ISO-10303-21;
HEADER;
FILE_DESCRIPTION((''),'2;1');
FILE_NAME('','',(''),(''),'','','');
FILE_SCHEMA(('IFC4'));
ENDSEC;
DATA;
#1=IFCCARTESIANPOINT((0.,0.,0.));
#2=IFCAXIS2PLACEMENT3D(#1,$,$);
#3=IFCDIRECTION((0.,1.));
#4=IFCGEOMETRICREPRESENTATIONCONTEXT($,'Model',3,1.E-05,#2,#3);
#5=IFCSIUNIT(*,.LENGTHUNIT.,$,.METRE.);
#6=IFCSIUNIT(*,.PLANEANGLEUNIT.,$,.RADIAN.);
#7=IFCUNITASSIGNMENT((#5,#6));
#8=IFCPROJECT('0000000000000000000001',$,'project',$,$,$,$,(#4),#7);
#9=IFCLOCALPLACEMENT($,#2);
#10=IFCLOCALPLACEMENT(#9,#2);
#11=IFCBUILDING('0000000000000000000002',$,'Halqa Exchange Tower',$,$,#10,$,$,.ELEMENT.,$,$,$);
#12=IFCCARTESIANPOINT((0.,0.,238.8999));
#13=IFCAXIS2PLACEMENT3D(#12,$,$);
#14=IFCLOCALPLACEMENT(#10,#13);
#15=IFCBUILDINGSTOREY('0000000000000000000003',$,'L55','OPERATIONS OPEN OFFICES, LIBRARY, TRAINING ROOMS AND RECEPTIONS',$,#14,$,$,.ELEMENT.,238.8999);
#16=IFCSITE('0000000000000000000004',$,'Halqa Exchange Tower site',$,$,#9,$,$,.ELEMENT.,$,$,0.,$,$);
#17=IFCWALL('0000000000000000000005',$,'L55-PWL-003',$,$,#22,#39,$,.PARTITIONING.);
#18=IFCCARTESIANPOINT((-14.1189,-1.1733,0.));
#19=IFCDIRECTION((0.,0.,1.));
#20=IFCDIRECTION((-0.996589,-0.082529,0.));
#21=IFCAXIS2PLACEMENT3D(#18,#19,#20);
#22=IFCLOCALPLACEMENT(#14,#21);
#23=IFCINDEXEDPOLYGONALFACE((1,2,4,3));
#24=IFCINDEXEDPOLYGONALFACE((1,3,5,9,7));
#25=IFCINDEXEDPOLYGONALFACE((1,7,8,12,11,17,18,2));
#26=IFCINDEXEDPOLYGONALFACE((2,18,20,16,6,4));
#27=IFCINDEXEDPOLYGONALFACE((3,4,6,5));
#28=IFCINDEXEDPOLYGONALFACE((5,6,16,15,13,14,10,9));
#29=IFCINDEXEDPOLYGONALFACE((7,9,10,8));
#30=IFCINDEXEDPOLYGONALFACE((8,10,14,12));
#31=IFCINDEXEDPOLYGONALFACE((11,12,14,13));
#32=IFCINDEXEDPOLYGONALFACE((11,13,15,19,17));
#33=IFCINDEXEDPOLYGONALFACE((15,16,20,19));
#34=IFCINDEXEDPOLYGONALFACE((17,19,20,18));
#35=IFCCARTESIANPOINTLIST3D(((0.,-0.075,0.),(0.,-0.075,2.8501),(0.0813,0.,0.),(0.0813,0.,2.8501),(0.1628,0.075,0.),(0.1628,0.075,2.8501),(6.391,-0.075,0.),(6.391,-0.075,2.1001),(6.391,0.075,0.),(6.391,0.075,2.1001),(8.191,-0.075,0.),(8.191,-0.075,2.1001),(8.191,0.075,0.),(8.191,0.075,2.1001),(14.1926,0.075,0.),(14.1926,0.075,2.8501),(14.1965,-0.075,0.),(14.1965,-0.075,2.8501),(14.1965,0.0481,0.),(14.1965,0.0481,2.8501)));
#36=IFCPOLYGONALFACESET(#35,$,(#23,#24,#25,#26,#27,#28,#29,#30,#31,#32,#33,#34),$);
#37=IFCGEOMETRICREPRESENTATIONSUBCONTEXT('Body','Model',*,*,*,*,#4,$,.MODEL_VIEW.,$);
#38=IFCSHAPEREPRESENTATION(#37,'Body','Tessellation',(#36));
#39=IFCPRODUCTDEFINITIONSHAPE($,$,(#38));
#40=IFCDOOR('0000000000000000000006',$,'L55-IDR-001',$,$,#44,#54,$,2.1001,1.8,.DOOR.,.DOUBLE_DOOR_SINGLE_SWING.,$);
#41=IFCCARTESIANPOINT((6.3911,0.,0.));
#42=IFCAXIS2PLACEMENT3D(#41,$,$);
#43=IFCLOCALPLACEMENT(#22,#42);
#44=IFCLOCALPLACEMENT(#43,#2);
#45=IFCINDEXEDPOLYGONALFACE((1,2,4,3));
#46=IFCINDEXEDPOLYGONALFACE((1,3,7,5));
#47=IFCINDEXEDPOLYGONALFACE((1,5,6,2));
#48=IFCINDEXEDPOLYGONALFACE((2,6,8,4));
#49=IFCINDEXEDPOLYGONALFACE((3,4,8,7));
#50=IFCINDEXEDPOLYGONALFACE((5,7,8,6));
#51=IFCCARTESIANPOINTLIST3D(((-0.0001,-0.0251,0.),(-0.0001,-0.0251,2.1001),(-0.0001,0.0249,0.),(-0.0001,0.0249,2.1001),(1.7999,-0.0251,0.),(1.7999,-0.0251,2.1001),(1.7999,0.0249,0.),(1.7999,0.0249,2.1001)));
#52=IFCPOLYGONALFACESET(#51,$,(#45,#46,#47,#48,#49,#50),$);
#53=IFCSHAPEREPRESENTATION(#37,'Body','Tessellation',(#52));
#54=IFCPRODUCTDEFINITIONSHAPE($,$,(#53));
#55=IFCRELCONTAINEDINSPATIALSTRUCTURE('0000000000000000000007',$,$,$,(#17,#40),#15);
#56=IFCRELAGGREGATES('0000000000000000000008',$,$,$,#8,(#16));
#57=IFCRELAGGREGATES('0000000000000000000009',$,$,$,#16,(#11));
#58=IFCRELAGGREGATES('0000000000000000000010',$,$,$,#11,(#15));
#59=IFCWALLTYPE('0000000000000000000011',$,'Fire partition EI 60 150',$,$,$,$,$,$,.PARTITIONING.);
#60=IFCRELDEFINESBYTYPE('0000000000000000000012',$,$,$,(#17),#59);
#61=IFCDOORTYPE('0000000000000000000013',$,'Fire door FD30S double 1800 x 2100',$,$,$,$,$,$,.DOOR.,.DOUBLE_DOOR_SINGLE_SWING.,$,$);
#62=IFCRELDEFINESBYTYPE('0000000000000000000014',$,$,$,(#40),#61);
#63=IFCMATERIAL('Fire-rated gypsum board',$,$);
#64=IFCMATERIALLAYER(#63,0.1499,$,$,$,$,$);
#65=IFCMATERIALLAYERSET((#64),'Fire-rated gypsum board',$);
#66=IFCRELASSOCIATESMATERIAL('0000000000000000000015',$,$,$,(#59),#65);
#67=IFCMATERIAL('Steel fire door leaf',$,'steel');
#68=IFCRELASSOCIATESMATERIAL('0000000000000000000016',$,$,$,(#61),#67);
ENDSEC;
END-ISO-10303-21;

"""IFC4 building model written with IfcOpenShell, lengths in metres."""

from ifc_helpers import new_model, si_unit, direction, frame, frame_2d, origin, place, context, subcontext, project, spatial, polyline, rectangle, outline, extrude, material, layer, layer_set, type_object, element, fill, save


model = new_model("IFC4")

# Units and contexts
model_context = context("Model", 3, precision=1e-05, world=origin(), true_north=direction((0.0, 1.0)))
body_context = subcontext(model_context, "Body", "Model", "MODEL_VIEW")
ifc_project = project(units=[si_unit("LENGTHUNIT", "METRE"), si_unit("PLANEANGLEUNIT", "RADIAN")], contexts=[model_context])

# Site, building, storey
site_placement = place(None, origin())
site = spatial("IfcSite", under=ifc_project, at=site_placement, Name="Halqa Exchange Tower site", CompositionType="ELEMENT", RefElevation=0.0)
building_placement = place(site_placement, origin())
building = spatial("IfcBuilding", under=site, at=building_placement, Name="Halqa Exchange Tower", CompositionType="ELEMENT")
storey_placement = place(building_placement, frame((0.0, 0.0, 238.8999)))
storey = spatial("IfcBuildingStorey", under=building, at=storey_placement, Name="L55", Description="OPERATIONS OPEN OFFICES, LIBRARY, TRAINING ROOMS AND RECEPTIONS", CompositionType="ELEMENT", Elevation=238.8999)

# Wall, opening, door
ifc_material_1 = material(Name="Fire-rated gypsum board")
ifc_layer_1 = layer(ifc_material_1, 0.1499)
ifc_layer_set_1 = layer_set([ifc_layer_1], Name="Fire-rated gypsum board")
wall_type_1 = type_object("IfcWallType", Name="Fire partition EI 60 150", PredefinedType="PARTITIONING", material=ifc_layer_set_1)
wall_1_placement = place(storey_placement, frame((-14.1189, -1.1733, 0.0), z_axis=(0.0, 0.0, 1.0), x_axis=(-0.996589, -0.082529, 0.0)))
wall_1 = element("IfcWall", 1, at=wall_1_placement, inside=storey, type_object=wall_type_1, Name="L55-PWL-003", PredefinedType="PARTITIONING", context=body_context, shape_type="SweptSolid", body=[
    extrude(outline(polyline([(14.1965, -0.075), (14.1965, 0.0481), (14.1926, 0.075), (12.4387, 0.075), (10.6851, 0.075), (8.9314, 0.075), (7.1777, 0.075), (5.4241, 0.075), (3.6702, 0.075), (1.9165, 0.075), (0.1628, 0.075), (0.0813, 0.0), (0.0, -0.075), (1.7747, -0.075), (3.5491, -0.075), (5.3237, -0.075), (7.0984, -0.075), (8.8728, -0.075), (10.6475, -0.075), (12.4219, -0.075), (14.1965, -0.075)])), origin(), (0.0, 0.0, 1.0), 2.8501),
])
opening_1_placement = place(wall_1_placement, frame((6.3911, 0.0, 0.0)))
opening_1 = element("IfcOpeningElement", 2, at=opening_1_placement, cuts=wall_1, PredefinedType="OPENING", context=body_context, shape_type="SweptSolid", body=[
    extrude(rectangle(XDim=1.8, YDim=2.1001, at=frame_2d((0.8999, 1.05))), frame((0.0, 0.0869, 0.0), z_axis=(0.0, -1.0, 0.0), x_axis=(1.0, 0.0, 0.0)), (0.0, 0.0, 1.0), 0.1738),
])
ifc_material_2 = material(Name="Steel fire door leaf", Category="steel")
door_type_1 = type_object("IfcDoorType", Name="Fire door FD30S double 1800 x 2100", OperationType="DOUBLE_DOOR_SINGLE_SWING", PredefinedType="DOOR", material=ifc_material_2)
door_1_placement = place(opening_1_placement, origin())
door_1 = element("IfcDoor", 3, at=door_1_placement, inside=storey, type_object=door_type_1, Name="L55-IDR-001", OperationType="DOUBLE_DOOR_SINGLE_SWING", OverallHeight=2.1001, OverallWidth=1.8, PredefinedType="DOOR", context=body_context, shape_type="SweptSolid", body=[
    extrude(rectangle(XDim=1.8, YDim=2.1001, at=frame_2d((0.8999, 1.05))), frame((0.0, 0.0249, 0.0), z_axis=(0.0, -1.0, 0.0), x_axis=(1.0, 0.0, 0.0)), (0.0, 0.0, 1.0), 0.05),
])
fill(opening_1, door_1)

save(model, "model.ifc")
